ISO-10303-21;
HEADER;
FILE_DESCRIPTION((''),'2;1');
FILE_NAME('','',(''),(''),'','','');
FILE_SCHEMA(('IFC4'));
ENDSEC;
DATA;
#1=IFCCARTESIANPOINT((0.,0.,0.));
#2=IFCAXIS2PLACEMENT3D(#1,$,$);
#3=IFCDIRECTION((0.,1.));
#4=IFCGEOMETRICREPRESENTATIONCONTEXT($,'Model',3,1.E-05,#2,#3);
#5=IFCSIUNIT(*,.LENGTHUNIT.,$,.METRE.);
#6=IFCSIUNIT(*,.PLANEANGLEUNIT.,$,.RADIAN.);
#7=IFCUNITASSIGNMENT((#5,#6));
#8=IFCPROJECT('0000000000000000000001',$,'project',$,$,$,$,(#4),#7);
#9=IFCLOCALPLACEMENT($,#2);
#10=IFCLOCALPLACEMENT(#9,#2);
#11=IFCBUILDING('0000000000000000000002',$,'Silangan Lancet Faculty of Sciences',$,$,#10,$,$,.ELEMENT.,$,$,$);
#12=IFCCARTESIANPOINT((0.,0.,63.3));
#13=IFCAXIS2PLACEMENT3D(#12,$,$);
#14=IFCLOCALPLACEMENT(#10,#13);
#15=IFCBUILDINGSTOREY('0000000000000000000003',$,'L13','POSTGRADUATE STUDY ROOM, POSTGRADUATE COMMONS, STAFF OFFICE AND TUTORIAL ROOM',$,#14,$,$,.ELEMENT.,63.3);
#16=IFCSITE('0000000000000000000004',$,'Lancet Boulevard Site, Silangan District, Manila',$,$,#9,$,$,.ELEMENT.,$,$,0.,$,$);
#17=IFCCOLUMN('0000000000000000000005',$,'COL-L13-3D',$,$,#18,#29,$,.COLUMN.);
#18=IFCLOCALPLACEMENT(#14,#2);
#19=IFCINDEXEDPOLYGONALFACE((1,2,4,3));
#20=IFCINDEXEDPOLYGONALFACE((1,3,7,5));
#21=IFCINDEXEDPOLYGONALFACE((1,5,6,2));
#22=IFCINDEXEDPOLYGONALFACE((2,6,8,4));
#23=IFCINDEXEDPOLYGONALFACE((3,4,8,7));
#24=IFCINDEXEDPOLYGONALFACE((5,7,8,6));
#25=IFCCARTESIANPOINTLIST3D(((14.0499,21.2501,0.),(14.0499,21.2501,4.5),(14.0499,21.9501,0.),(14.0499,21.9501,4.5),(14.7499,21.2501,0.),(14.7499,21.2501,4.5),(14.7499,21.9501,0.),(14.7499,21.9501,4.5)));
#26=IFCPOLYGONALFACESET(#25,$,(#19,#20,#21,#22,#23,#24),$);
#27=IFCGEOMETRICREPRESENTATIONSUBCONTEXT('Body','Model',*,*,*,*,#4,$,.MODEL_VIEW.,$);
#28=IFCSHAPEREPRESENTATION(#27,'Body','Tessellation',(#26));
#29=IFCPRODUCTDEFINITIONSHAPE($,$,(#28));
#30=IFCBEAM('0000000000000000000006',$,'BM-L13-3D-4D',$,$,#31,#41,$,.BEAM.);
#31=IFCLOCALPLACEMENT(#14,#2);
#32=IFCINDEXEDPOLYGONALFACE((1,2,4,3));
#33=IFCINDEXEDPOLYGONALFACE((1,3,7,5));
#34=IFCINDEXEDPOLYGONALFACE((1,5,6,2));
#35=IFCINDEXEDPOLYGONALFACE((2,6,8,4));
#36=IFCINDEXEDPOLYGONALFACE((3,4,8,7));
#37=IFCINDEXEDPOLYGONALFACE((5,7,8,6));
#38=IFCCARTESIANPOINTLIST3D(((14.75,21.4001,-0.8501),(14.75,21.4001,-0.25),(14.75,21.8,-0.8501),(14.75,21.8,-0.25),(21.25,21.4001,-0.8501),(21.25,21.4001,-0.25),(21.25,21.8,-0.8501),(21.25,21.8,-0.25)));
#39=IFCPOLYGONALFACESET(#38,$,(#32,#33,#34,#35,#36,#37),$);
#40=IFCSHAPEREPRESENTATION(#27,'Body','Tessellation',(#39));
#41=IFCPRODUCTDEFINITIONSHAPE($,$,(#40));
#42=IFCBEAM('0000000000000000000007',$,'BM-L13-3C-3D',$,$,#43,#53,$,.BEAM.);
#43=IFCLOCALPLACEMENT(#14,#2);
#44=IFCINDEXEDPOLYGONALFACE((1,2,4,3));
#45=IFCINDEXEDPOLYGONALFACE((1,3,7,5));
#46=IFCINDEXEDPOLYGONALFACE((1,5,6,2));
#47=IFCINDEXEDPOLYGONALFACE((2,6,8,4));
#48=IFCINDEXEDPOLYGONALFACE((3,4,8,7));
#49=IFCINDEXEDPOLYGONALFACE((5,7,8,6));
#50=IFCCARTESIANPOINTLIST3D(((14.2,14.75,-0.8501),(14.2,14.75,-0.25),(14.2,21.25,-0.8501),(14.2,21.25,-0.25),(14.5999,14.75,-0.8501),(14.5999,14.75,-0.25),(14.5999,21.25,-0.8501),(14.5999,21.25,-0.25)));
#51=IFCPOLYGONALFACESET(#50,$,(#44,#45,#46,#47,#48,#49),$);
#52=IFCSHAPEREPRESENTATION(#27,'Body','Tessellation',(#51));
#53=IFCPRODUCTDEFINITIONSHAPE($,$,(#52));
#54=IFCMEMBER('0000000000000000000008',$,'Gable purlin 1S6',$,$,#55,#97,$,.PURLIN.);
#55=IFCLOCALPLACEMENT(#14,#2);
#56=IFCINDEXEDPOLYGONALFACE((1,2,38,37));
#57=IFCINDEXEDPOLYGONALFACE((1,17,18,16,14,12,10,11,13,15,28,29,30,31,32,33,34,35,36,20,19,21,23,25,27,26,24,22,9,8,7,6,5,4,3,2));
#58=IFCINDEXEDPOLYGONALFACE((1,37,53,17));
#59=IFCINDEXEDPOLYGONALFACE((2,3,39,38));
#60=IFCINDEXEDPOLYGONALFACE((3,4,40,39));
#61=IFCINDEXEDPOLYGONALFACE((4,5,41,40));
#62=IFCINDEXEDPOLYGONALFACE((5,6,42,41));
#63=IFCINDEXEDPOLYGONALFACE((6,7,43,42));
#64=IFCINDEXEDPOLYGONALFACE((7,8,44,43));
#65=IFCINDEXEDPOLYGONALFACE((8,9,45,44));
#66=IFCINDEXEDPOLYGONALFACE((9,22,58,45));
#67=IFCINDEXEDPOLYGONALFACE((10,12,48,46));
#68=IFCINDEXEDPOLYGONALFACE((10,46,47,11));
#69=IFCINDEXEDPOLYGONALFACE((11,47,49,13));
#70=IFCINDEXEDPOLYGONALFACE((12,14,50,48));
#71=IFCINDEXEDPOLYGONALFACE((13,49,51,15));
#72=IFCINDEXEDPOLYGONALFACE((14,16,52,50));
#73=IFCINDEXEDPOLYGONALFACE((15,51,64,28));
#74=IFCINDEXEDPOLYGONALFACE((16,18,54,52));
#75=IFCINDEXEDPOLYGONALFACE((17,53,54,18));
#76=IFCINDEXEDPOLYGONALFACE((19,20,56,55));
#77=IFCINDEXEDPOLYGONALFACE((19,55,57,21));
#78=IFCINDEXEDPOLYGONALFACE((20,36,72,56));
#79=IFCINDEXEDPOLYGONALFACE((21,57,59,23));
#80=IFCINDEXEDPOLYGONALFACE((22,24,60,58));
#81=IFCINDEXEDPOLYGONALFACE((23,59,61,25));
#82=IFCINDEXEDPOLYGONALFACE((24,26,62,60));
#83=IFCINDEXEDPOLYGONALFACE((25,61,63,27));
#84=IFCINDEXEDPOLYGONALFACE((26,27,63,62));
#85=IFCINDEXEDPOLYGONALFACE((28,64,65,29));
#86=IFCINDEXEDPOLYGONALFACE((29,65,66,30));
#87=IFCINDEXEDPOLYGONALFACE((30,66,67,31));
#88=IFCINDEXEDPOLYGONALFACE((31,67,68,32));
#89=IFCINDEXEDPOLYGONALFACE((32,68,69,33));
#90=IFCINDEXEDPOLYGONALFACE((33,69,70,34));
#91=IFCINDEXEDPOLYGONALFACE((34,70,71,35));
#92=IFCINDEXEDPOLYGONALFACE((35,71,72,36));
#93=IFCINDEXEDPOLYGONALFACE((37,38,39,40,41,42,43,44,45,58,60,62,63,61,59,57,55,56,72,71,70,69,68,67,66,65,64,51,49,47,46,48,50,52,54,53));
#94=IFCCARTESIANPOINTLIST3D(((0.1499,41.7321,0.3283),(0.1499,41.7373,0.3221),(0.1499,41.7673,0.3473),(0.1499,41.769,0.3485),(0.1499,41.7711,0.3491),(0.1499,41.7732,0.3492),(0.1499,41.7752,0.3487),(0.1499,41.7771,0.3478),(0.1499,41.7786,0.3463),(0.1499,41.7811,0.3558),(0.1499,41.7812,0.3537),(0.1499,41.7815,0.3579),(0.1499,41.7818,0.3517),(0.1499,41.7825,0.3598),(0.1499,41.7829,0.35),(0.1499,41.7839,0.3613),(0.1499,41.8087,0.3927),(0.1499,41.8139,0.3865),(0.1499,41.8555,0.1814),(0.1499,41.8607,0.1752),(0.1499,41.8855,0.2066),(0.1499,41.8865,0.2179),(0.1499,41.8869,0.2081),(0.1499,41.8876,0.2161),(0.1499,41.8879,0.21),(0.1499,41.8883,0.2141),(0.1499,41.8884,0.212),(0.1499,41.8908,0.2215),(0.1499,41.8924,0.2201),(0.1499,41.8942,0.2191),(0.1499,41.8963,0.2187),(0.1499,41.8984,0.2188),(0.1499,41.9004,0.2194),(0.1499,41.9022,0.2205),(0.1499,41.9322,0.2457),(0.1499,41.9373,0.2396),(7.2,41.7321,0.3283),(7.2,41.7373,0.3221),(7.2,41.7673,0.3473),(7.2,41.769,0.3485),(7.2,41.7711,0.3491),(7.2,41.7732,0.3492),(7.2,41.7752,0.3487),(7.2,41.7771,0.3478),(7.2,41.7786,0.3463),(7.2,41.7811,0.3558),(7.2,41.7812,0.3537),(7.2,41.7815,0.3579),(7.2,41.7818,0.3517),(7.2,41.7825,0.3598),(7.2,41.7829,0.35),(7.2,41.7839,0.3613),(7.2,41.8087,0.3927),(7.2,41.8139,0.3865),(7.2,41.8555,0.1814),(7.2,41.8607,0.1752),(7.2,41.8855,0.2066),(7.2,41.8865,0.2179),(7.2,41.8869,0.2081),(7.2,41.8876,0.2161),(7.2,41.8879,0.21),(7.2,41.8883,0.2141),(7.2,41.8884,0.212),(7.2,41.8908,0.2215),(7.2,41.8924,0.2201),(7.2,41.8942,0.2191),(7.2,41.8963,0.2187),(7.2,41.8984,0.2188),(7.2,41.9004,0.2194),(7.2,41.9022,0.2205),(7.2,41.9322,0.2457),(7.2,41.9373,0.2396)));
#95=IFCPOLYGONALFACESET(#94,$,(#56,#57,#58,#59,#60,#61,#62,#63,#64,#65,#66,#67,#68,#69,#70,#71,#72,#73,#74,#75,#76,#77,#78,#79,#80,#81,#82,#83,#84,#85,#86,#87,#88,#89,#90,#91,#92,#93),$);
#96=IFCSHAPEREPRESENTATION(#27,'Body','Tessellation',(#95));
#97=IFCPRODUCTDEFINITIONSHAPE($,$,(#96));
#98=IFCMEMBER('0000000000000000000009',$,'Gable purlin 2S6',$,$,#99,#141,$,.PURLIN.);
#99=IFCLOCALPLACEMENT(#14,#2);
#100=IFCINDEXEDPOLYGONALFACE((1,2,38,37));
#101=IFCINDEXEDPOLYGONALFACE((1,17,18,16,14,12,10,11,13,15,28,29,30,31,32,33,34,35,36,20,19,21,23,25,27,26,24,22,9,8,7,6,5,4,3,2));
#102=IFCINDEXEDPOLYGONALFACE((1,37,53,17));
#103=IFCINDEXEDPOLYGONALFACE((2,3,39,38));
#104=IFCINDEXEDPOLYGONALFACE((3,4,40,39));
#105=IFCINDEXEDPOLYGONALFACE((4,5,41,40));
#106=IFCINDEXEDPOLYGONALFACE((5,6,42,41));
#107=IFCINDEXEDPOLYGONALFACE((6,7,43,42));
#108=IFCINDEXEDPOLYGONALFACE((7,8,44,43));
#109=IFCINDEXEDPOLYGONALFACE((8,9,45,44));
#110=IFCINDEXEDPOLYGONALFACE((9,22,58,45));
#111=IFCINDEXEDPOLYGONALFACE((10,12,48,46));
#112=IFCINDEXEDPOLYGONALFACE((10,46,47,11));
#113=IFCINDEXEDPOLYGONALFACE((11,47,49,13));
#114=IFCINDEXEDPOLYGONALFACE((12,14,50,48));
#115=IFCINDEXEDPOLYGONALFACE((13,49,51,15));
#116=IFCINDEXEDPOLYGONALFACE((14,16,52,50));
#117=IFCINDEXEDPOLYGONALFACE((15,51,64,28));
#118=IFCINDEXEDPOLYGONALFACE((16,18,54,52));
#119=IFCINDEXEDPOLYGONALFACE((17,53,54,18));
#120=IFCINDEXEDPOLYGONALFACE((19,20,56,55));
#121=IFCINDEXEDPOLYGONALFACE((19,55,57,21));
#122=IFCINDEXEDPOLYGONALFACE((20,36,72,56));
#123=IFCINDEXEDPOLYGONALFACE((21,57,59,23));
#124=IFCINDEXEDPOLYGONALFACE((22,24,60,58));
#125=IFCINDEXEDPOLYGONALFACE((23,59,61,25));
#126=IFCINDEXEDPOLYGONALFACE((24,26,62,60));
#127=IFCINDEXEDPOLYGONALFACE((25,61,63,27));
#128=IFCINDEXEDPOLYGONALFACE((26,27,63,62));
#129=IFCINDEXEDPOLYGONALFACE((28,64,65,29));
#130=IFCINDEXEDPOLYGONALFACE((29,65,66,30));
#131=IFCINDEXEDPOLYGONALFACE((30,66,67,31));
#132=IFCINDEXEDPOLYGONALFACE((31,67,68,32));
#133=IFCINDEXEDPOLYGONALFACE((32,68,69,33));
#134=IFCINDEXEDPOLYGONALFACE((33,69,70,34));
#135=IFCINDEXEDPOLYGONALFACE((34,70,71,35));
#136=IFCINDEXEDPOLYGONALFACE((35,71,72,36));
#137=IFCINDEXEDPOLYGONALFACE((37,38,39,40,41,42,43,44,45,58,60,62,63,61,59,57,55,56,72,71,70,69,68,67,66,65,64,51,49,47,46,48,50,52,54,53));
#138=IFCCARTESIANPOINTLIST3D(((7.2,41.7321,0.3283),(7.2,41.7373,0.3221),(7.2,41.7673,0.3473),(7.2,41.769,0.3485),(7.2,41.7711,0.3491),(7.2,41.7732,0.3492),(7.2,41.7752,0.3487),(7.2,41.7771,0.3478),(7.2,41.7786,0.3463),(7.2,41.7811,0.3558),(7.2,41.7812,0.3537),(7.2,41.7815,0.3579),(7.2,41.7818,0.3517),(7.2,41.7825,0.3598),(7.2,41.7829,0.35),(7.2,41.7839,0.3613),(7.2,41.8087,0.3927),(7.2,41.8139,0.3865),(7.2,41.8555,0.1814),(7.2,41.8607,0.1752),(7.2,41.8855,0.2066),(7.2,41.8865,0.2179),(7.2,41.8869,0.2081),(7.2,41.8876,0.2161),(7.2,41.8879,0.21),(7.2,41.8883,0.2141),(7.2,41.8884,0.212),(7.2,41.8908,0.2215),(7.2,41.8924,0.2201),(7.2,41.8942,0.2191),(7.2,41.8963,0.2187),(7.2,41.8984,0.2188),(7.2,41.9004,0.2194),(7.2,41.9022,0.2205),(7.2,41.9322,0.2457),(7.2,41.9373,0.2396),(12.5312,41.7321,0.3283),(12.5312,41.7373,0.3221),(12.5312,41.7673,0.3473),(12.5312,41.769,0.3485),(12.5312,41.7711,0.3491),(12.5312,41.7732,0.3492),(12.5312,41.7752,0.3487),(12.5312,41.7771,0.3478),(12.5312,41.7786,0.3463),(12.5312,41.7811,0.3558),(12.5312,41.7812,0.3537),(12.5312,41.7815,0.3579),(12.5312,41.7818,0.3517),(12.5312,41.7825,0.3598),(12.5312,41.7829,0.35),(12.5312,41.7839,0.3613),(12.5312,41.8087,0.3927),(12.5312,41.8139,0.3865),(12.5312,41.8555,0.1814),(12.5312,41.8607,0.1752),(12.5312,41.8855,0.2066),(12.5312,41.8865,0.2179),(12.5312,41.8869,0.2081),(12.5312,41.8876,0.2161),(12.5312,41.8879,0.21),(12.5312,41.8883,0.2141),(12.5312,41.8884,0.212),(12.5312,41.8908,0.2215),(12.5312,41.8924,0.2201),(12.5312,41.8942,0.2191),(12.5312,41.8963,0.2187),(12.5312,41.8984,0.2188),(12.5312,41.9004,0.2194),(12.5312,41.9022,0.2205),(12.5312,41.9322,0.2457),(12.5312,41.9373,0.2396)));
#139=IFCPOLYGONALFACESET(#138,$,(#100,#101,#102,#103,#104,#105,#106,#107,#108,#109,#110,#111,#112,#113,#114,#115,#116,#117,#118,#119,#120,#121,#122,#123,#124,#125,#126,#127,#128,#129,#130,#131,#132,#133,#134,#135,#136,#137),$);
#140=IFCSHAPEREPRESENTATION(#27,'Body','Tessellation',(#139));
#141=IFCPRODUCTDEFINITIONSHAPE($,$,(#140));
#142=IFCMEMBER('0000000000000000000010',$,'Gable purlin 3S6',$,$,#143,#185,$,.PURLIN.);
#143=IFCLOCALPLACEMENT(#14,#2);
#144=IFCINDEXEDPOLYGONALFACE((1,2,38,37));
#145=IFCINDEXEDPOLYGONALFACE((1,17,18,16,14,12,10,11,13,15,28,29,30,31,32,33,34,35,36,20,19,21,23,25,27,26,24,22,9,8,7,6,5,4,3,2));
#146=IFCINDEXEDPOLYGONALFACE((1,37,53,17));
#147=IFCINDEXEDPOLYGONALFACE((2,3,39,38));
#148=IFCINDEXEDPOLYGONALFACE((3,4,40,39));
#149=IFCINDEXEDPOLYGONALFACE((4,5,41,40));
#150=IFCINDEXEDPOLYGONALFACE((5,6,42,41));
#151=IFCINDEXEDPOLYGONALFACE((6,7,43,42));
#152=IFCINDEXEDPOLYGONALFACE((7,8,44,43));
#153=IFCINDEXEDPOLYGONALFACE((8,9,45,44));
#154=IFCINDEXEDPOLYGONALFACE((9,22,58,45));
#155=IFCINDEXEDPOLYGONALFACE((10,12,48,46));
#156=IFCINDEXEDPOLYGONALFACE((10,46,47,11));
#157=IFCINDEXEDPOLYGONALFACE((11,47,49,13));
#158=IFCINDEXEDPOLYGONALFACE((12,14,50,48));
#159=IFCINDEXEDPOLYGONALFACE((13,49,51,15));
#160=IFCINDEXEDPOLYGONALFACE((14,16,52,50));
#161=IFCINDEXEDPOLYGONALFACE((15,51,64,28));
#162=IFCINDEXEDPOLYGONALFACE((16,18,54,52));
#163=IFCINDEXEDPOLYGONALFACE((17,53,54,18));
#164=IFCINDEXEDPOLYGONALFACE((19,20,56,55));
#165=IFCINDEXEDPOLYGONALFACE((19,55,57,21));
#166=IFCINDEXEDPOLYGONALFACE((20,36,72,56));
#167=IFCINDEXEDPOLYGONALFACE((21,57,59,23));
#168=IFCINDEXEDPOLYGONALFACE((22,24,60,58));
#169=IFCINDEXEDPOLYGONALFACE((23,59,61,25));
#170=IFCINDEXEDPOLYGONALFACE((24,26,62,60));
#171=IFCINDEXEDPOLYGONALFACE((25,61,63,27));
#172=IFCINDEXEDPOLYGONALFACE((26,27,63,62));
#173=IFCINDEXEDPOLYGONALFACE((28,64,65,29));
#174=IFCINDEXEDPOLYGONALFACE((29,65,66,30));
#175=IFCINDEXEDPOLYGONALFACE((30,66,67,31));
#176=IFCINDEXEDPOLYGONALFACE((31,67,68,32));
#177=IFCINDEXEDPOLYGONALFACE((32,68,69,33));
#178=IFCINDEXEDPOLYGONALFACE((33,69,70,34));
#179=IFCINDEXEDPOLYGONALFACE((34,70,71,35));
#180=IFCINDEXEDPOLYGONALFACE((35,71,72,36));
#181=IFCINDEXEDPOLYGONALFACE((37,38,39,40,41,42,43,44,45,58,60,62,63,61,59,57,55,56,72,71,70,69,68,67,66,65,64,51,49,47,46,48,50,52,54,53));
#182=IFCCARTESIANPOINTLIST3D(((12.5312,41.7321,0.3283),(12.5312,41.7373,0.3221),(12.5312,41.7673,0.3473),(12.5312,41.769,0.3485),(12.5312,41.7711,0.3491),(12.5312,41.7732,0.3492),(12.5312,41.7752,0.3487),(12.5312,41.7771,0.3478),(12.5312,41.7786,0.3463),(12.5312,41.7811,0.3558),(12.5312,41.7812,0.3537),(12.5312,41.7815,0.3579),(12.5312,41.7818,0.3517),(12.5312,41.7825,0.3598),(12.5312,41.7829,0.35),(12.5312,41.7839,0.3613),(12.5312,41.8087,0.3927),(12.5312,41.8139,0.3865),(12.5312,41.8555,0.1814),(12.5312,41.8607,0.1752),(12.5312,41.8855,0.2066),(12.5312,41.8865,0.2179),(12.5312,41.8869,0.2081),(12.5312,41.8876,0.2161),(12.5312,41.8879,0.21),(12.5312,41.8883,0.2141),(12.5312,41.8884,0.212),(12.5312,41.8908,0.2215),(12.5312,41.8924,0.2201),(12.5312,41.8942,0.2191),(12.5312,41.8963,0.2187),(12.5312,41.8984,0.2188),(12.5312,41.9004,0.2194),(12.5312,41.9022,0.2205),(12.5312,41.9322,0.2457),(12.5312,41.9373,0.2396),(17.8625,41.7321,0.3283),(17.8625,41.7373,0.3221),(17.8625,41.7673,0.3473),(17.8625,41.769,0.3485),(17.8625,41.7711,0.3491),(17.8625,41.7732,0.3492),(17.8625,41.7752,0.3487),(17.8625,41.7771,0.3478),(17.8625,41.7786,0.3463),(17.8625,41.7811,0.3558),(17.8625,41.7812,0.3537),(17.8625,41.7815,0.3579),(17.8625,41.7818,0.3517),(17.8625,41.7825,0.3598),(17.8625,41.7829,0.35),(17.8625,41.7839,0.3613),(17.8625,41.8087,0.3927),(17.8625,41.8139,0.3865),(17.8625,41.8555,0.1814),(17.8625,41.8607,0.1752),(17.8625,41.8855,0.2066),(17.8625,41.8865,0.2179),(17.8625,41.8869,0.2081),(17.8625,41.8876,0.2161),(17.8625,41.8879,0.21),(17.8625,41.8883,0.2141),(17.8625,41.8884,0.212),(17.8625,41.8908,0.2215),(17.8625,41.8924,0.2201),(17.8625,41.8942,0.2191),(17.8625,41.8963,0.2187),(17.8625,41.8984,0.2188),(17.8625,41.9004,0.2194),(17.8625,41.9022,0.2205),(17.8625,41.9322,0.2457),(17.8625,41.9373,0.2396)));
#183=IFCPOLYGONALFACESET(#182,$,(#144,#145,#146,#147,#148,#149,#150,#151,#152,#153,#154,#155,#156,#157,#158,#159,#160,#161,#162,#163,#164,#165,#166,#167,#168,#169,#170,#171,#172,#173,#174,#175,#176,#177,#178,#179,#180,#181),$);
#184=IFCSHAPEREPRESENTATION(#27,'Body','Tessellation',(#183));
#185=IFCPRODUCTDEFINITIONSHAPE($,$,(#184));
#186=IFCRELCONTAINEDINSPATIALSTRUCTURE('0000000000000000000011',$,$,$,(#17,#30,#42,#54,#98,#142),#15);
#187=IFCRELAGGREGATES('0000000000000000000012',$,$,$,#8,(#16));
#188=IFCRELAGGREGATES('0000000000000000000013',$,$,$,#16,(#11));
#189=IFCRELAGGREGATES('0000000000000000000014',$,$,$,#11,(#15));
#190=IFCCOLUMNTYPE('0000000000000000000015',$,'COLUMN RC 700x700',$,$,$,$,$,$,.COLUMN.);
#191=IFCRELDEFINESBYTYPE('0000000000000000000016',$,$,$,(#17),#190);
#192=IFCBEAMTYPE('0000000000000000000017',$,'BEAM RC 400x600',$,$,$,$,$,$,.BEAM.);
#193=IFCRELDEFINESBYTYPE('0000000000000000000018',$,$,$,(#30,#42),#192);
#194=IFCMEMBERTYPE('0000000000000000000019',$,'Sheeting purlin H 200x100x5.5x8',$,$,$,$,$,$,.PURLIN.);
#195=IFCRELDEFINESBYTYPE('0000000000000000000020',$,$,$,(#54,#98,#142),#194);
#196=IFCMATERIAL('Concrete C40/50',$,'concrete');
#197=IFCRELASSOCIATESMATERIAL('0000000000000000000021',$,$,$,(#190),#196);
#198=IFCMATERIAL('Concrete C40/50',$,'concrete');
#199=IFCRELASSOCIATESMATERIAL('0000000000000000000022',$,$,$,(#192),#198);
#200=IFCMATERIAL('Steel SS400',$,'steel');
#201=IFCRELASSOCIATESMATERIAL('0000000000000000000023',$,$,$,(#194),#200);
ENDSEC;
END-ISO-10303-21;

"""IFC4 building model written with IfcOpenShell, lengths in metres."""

from ifc_helpers import new_model, si_unit, direction, frame, origin, origin_2d, place, context, subcontext, project, spatial, rectangle, i_section, extrude, material, material_profile, profile_set, type_object, element, save


model = new_model("IFC4")

# Units and contexts
model_context = context("Model", 3, precision=1e-05, world=origin(), true_north=direction((0.0, 1.0)))
body_context = subcontext(model_context, "Body", "Model", "MODEL_VIEW")
ifc_project = project(units=[si_unit("LENGTHUNIT", "METRE"), si_unit("PLANEANGLEUNIT", "RADIAN")], contexts=[model_context])

# Site, building, storey
site_placement = place(None, origin())
site = spatial("IfcSite", under=ifc_project, at=site_placement, Name="Lancet Boulevard Site, Silangan District, Manila", CompositionType="ELEMENT", RefElevation=0.0)
building_placement = place(site_placement, origin())
building = spatial("IfcBuilding", under=site, at=building_placement, Name="Silangan Lancet Faculty of Sciences", CompositionType="ELEMENT")
storey_placement = place(building_placement, frame((0.0, 0.0, 63.3)))
storey = spatial("IfcBuildingStorey", under=building, at=storey_placement, Name="L13", Description="POSTGRADUATE STUDY ROOM, POSTGRADUATE COMMONS, STAFF OFFICE AND TUTORIAL ROOM", CompositionType="ELEMENT", Elevation=63.3)

# Column
ifc_material_1 = material(Name="Concrete C40/50", Category="concrete")
ifc_material_profile_1 = material_profile(ifc_material_1, rectangle(XDim=0.7, YDim=0.7, at=origin_2d()), Name="RC 700x700")
ifc_profile_set_1 = profile_set([ifc_material_profile_1], Name="Concrete C40/50")
column_type = type_object("IfcColumnType", Name="COLUMN RC 700x700", PredefinedType="COLUMN", material=ifc_profile_set_1)
column_placement = place(storey_placement, frame((14.3999, 21.6001, 0.0), z_axis=(0.0, 0.0, 1.0), x_axis=(1.0, 0.0, 0.0)))
element("IfcColumn", 1, at=column_placement, inside=storey, type_object=column_type, Name="COL-L13-3D", PredefinedType="COLUMN", context=body_context, shape_type="SweptSolid", body=[
    extrude(rectangle(XDim=0.7, YDim=0.7, at=origin_2d()), origin(), (0.0, 0.0, 1.0), 4.5),
])

# Beams
ifc_material_2 = material(Name="Concrete C40/50", Category="concrete")
ifc_material_profile_2 = material_profile(ifc_material_2, rectangle(XDim=0.3999, YDim=0.6001, at=origin_2d()), Name="RC 400x600")
ifc_profile_set_2 = profile_set([ifc_material_profile_2], Name="Concrete C40/50")
beam_type = type_object("IfcBeamType", Name="BEAM RC 400x600", PredefinedType="BEAM", material=ifc_profile_set_2)
for number, where, z_axis, x_axis, name in (
    (2, (14.75, 21.6001, -0.55), (1.0, 0.0, 0.0), (0.0, 1.0, 0.0), "BM-L13-3D-4D"),
    (3, (14.3999, 14.75, -0.55), (0.0, 1.0, 0.0), (-1.0, 0.0, 0.0), "BM-L13-3C-3D"),
):
    element("IfcBeam", number, at=place(storey_placement, frame(where, z_axis=z_axis, x_axis=x_axis)), inside=storey, type_object=beam_type, Name=name, PredefinedType="BEAM", context=body_context, shape_type="SweptSolid", body=[
        extrude(rectangle(XDim=0.3999, YDim=0.6001, at=origin_2d()), origin(), (0.0, 0.0, 1.0), 6.5),
    ])

# Members
ifc_material_3 = material(Name="Steel SS400", Category="steel")
ifc_material_profile_3 = material_profile(ifc_material_3, i_section(OverallWidth=0.1001, OverallDepth=0.2, WebThickness=0.0056, FlangeThickness=0.0081, FilletRadius=0.0081, at=origin_2d()), Name="H 200x100x5.5x8")
ifc_profile_set_3 = profile_set([ifc_material_profile_3], Name="Steel SS400")
member_type = type_object("IfcMemberType", Name="Sheeting purlin H 200x100x5.5x8", PredefinedType="PURLIN", material=ifc_profile_set_3)
member_placement = place(storey_placement, frame((0.1499, 41.8347, 0.2839), z_axis=(1.0, 0.0, 0.0), x_axis=(0.0, 0.765705, 0.643192)))
element("IfcMember", 4, at=member_placement, inside=storey, type_object=member_type, Name="Gable purlin 1S6", PredefinedType="PURLIN", context=body_context, shape_type="SweptSolid", body=[
    extrude(i_section(OverallWidth=0.1001, OverallDepth=0.2, WebThickness=0.0056, FlangeThickness=0.0081, FilletRadius=0.0081, at=origin_2d()), origin(), (0.0, 0.0, 1.0), 7.05),
])
for number, where, z_axis, x_axis, name in (
    (5, (7.2, 41.8347, 0.2839), (1.0, 0.0, 0.0), (0.0, 0.765705, 0.643192), "Gable purlin 2S6"),
    (6, (12.5312, 41.8347, 0.2839), (1.0, 0.0, 0.0), (0.0, 0.765705, 0.643192), "Gable purlin 3S6"),
):
    element("IfcMember", number, at=place(storey_placement, frame(where, z_axis=z_axis, x_axis=x_axis)), inside=storey, type_object=member_type, Name=name, PredefinedType="PURLIN", context=body_context, shape_type="SweptSolid", body=[
        extrude(i_section(OverallWidth=0.1001, OverallDepth=0.2, WebThickness=0.0056, FlangeThickness=0.0081, FilletRadius=0.0081, at=origin_2d()), origin(), (0.0, 0.0, 1.0), 5.3313),
    ])

save(model, "model.ifc")
